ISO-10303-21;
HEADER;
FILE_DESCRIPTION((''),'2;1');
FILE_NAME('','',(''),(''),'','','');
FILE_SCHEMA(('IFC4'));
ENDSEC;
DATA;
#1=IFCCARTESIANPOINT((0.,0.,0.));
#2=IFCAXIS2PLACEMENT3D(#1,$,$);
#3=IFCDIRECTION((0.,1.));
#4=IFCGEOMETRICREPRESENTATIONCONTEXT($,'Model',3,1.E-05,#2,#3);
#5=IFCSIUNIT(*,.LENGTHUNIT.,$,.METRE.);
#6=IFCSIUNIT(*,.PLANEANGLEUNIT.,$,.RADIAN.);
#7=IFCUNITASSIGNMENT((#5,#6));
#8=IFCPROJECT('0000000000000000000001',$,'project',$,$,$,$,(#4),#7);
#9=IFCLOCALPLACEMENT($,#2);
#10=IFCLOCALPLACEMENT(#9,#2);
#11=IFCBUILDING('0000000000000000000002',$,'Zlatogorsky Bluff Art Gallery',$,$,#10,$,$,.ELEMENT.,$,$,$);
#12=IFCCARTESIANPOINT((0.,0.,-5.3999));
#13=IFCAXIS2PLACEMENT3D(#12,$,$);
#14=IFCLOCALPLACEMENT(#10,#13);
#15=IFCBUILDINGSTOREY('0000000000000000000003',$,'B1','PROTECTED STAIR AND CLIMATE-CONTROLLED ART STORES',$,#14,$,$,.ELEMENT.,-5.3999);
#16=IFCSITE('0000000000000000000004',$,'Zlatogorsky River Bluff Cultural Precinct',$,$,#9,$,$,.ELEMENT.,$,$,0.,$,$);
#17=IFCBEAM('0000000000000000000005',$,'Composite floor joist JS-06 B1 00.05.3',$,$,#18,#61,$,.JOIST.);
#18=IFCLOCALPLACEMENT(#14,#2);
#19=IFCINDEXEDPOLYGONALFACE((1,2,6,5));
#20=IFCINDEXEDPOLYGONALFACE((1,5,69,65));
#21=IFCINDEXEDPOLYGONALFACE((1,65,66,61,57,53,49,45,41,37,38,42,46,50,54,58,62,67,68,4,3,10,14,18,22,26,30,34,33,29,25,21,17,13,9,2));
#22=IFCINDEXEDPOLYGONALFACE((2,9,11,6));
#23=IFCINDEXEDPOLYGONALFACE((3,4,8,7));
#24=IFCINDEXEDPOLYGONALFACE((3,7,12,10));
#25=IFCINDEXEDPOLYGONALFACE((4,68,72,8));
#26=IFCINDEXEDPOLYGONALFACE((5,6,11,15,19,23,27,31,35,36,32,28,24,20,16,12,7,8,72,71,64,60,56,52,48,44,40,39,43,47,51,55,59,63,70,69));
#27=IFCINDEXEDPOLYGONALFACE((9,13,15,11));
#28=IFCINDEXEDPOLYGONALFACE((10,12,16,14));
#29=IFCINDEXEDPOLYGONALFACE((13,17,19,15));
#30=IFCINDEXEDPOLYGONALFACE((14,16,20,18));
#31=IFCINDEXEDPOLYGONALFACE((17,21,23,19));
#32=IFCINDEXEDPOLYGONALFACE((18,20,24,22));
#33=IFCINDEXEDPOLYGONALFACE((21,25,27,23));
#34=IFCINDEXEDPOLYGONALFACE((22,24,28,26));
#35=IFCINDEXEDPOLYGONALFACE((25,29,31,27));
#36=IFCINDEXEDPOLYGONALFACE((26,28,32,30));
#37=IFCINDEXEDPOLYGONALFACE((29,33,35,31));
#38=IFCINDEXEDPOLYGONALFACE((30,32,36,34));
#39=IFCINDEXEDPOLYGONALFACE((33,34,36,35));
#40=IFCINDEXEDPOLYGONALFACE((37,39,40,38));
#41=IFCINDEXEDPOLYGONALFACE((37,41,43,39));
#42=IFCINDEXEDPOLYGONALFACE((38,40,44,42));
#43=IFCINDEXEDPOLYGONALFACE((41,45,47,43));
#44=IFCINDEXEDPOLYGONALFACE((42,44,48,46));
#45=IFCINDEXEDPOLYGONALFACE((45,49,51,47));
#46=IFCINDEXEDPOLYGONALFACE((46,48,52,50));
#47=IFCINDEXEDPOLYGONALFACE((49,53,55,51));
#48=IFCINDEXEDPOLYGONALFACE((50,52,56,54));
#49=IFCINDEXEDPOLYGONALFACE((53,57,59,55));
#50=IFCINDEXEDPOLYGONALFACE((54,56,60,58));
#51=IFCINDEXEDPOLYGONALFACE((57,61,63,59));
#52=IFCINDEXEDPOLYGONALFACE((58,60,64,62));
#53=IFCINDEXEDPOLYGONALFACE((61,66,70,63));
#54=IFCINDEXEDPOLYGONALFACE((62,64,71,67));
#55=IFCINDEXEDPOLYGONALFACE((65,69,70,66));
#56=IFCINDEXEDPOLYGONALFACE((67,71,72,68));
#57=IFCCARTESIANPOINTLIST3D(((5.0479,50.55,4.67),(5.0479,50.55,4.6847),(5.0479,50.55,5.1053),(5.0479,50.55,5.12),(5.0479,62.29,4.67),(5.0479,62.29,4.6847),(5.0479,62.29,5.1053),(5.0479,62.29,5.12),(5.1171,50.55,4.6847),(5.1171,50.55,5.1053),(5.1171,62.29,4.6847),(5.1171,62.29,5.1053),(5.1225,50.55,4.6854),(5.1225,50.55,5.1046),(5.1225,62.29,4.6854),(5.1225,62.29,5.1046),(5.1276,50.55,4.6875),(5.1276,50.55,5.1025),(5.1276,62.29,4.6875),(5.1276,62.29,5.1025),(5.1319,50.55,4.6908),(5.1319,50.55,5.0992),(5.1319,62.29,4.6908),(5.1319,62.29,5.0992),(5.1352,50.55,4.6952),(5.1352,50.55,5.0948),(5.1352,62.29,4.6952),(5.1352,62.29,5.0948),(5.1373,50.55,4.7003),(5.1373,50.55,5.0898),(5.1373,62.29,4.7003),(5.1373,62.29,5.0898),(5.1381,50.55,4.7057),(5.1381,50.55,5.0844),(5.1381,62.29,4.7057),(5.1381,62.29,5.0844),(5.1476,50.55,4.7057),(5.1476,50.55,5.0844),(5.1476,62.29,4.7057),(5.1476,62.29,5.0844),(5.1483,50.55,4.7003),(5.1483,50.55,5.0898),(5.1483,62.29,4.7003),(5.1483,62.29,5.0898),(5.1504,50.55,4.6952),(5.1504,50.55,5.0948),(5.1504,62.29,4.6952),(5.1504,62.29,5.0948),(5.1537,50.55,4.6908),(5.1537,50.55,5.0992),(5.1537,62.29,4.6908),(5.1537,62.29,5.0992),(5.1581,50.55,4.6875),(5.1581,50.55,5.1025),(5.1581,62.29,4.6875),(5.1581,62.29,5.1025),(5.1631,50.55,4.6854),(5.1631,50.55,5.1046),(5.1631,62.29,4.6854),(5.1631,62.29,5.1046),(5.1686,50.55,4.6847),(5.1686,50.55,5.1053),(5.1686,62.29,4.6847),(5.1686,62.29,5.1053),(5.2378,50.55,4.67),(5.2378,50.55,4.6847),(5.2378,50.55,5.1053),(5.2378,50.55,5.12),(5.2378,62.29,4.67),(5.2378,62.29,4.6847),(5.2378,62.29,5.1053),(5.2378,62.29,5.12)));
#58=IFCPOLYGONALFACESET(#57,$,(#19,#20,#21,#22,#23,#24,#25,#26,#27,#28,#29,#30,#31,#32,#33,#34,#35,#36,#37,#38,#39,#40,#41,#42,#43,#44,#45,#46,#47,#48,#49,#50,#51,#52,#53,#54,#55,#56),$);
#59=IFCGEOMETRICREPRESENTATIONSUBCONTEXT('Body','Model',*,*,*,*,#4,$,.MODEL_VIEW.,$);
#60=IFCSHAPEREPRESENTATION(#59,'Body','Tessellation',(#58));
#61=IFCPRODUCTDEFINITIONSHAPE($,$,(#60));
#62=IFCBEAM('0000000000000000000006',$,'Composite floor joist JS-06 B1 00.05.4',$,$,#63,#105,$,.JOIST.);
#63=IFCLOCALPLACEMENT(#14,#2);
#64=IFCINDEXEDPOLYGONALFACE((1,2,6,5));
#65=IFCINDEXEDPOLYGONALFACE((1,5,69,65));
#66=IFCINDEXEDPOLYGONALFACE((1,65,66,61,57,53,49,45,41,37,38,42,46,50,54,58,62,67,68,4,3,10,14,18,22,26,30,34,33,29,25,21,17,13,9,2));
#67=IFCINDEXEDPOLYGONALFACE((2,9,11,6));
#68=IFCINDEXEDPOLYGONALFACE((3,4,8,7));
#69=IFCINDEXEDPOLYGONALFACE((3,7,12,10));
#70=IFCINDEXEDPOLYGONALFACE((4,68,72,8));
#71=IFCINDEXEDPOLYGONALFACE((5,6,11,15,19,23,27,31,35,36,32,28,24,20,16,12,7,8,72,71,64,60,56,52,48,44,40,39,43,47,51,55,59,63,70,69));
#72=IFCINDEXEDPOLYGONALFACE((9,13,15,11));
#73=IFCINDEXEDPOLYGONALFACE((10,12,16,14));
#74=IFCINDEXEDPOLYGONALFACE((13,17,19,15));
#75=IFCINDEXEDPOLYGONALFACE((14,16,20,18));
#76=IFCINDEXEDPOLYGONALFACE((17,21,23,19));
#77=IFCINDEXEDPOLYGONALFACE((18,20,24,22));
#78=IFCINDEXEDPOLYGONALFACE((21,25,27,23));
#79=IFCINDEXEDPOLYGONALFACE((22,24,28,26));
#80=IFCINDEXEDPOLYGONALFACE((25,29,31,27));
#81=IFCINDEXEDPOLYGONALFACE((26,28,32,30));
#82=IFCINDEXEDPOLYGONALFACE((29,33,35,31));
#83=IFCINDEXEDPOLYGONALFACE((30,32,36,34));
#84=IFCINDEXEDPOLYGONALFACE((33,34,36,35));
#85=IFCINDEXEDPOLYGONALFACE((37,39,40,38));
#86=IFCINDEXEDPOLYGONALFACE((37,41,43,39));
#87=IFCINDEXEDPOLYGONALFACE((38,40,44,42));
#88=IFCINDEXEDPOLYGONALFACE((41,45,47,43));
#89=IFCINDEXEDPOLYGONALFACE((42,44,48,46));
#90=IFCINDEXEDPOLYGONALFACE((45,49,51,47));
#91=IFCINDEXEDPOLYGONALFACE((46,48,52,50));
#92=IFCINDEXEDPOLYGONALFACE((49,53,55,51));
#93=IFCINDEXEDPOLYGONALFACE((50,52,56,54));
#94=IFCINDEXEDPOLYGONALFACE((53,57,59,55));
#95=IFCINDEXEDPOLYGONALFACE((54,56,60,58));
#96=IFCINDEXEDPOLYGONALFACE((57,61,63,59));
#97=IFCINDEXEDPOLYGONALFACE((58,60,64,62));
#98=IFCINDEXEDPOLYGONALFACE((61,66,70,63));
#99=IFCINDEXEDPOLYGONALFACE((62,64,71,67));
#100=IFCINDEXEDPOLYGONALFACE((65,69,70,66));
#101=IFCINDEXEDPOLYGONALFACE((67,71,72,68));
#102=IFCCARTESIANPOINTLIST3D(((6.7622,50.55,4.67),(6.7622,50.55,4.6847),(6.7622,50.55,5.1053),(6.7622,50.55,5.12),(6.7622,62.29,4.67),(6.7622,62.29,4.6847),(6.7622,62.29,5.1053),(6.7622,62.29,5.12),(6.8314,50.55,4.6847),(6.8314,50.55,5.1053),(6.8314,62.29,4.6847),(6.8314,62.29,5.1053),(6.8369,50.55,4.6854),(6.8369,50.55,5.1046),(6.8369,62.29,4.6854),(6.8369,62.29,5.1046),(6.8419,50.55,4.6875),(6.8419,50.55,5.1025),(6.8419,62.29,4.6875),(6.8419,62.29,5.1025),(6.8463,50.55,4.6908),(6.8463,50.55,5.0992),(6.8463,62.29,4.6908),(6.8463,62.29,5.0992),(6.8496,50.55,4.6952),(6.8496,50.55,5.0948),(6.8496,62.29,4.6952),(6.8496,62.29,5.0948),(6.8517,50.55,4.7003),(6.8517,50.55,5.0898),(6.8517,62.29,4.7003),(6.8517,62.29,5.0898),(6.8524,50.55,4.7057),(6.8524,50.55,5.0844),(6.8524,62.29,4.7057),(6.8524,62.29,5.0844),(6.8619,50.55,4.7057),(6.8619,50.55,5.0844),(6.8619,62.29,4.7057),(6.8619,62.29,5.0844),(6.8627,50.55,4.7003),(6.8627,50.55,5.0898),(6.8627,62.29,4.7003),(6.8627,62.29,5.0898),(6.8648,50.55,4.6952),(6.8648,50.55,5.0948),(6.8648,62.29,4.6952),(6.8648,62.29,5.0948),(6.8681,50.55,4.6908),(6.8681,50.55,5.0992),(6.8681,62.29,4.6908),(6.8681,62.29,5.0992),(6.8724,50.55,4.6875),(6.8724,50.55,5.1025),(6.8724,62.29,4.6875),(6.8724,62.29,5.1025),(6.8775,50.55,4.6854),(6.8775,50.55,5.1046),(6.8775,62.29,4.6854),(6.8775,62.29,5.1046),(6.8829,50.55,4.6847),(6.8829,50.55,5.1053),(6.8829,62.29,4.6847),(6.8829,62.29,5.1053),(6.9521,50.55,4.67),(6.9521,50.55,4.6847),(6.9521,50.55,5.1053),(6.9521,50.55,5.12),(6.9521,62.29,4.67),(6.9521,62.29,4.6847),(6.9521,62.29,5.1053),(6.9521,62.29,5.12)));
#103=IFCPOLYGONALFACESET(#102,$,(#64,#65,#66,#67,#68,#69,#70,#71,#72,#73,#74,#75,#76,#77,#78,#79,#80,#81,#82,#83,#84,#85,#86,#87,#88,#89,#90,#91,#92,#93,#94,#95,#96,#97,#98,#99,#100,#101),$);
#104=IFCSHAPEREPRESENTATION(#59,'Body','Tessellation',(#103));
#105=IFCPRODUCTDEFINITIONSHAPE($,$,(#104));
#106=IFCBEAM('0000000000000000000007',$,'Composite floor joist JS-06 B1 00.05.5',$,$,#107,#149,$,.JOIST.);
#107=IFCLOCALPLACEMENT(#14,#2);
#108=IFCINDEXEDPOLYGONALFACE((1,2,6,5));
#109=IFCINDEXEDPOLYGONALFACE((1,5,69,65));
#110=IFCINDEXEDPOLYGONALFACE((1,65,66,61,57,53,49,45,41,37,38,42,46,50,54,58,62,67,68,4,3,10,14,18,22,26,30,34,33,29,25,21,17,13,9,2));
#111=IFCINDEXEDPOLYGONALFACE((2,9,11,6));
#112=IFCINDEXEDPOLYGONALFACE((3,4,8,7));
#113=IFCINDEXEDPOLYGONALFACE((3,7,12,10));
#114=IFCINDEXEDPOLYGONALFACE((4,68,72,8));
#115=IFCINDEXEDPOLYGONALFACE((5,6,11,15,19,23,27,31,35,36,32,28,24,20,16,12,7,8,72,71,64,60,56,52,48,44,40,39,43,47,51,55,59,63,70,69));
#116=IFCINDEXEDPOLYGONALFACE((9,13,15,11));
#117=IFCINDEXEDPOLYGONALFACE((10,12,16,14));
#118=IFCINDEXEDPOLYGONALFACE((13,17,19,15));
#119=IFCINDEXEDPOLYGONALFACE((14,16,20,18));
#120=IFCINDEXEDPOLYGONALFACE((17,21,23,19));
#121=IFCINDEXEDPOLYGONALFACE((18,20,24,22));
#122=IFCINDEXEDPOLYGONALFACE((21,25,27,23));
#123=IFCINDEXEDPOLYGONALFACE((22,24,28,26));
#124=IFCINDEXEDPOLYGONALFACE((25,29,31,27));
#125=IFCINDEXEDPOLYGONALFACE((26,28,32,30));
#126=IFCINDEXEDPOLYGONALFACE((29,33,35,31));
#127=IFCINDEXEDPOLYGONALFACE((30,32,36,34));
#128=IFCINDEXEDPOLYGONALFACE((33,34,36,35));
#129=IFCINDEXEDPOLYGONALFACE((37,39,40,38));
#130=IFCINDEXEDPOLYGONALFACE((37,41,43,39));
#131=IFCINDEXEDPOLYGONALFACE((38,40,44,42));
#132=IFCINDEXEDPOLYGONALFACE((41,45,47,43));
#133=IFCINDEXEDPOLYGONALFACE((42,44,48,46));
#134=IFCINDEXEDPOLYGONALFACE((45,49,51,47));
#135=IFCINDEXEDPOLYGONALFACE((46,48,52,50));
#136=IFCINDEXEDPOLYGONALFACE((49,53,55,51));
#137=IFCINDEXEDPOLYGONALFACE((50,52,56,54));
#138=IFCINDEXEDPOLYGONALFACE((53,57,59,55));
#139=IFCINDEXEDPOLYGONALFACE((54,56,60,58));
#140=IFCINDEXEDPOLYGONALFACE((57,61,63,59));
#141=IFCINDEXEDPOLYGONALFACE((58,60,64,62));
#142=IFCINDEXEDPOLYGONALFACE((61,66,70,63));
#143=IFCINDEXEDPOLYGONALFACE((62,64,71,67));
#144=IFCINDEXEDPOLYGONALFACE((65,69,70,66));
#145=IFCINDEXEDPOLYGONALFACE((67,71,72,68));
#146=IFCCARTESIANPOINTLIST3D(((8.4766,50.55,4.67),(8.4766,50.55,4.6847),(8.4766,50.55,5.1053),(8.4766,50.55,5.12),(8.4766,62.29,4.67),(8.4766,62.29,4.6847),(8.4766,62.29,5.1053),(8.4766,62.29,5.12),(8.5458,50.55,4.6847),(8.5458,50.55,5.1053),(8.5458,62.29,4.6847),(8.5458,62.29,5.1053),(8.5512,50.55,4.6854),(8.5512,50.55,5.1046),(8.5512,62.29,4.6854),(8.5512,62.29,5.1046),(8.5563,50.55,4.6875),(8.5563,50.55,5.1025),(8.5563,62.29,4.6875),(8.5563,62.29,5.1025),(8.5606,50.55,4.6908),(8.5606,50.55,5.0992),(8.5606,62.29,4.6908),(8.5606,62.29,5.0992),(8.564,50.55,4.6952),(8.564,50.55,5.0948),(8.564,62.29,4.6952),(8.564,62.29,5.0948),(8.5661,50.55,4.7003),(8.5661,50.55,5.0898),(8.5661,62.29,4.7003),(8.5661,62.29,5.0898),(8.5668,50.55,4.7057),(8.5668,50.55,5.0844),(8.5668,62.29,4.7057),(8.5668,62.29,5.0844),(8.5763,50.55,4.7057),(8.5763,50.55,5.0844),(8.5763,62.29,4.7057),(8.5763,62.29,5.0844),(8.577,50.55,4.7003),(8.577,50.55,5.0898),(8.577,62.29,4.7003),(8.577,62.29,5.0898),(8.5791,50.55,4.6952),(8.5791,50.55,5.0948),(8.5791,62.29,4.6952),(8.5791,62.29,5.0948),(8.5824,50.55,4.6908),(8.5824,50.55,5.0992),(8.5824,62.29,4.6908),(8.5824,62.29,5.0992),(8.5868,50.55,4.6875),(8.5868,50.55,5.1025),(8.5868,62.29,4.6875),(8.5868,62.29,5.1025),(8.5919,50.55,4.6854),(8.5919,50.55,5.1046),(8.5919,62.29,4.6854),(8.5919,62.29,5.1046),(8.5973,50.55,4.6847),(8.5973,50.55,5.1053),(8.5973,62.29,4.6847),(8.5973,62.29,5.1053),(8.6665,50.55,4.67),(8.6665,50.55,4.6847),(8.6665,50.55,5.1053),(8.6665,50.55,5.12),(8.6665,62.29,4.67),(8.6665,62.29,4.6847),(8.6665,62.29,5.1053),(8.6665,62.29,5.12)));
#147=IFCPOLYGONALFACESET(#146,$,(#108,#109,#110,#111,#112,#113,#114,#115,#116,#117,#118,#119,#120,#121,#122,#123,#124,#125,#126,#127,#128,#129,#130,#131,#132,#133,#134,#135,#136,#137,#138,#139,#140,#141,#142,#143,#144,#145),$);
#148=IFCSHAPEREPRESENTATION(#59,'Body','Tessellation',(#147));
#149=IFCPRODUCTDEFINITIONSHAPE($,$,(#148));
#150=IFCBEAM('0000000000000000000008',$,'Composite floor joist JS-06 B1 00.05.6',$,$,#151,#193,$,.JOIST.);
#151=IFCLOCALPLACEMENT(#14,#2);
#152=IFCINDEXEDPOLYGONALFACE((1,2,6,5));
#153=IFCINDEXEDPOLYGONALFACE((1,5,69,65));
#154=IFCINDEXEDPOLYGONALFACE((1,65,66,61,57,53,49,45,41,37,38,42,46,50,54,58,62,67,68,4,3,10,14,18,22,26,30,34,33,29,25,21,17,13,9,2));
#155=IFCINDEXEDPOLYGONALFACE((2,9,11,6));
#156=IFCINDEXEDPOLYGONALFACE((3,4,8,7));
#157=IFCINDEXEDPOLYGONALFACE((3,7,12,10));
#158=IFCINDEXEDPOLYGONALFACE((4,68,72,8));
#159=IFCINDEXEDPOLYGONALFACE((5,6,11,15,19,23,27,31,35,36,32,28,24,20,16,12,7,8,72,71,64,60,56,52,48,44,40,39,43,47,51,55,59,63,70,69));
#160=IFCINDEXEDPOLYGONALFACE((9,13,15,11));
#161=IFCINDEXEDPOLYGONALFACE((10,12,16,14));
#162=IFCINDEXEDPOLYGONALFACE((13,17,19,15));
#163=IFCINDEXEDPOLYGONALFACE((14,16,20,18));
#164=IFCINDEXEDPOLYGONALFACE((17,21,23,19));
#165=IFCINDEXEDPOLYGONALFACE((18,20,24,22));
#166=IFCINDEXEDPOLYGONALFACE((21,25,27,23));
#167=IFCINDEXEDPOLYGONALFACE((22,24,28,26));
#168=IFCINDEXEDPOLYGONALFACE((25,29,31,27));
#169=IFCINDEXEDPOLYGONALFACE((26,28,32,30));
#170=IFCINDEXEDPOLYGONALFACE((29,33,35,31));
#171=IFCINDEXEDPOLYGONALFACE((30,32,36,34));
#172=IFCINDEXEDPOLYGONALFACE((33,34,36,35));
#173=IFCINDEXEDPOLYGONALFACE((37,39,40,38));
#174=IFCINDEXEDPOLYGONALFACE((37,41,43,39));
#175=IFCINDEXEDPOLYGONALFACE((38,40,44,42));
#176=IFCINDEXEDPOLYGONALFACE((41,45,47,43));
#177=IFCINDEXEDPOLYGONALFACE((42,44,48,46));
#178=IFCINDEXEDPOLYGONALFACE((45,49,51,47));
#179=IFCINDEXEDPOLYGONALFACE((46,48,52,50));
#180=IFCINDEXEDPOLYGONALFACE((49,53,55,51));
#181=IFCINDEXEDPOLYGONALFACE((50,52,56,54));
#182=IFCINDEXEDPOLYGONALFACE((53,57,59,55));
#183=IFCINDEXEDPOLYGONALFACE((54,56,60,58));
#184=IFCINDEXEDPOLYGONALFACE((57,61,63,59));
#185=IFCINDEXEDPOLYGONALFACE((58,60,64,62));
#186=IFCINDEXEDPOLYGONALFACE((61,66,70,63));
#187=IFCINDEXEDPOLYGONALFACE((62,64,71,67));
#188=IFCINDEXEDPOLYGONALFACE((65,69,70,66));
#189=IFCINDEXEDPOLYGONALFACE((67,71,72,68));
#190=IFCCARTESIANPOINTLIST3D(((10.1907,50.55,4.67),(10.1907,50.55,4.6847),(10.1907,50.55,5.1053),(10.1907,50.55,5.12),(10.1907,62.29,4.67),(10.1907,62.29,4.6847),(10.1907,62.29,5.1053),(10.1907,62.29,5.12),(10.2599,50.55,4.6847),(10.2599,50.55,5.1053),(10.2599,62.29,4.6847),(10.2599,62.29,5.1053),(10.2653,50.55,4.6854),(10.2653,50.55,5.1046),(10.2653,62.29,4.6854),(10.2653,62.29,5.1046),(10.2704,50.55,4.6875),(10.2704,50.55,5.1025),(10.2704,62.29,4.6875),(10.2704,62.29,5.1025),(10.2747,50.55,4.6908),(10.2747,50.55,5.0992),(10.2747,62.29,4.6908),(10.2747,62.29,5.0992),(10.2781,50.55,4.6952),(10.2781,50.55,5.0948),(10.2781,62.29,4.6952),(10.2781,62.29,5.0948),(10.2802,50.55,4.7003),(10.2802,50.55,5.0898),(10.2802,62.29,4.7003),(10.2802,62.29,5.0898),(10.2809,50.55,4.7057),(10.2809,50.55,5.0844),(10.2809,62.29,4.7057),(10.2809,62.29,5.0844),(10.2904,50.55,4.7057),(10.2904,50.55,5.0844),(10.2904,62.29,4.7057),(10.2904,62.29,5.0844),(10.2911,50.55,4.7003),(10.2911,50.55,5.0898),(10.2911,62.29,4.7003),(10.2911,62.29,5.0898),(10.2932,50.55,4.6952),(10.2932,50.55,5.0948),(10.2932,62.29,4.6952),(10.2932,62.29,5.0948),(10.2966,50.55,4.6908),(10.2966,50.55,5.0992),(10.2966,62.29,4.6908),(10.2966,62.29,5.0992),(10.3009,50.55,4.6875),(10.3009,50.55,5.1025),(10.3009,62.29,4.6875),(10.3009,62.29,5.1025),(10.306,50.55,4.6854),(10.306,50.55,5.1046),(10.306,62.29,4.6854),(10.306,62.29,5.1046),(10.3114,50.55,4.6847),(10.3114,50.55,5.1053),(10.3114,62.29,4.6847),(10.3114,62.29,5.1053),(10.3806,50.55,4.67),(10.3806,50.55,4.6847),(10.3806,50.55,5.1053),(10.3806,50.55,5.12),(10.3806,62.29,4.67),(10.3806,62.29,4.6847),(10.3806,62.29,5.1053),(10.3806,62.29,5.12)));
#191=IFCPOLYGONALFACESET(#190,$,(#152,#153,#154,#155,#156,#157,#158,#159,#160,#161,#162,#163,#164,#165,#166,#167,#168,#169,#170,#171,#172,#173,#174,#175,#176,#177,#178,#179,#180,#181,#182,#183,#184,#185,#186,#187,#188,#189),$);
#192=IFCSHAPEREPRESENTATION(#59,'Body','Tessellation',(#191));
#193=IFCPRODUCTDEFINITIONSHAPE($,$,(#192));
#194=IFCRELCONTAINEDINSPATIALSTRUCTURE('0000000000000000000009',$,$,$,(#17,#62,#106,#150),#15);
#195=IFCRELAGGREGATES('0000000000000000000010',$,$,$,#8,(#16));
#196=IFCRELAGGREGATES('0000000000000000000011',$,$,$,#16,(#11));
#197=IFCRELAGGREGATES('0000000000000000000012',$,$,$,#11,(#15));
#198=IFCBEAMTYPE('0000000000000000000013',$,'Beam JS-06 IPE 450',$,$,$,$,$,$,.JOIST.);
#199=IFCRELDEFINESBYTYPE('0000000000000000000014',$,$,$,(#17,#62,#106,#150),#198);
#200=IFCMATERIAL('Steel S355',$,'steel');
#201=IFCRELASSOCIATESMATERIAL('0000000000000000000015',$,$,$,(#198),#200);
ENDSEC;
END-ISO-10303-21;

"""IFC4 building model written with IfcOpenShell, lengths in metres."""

from ifc_helpers import new_model, si_unit, direction, frame, origin, origin_2d, place, context, subcontext, project, spatial, i_section, extrude, material, material_profile, profile_set, type_object, element, save


model = new_model("IFC4")

# Units and contexts
model_context = context("Model", 3, precision=1e-05, world=origin(), true_north=direction((0.0, 1.0)))
body_context = subcontext(model_context, "Body", "Model", "MODEL_VIEW")
ifc_project = project(units=[si_unit("LENGTHUNIT", "METRE"), si_unit("PLANEANGLEUNIT", "RADIAN")], contexts=[model_context])

# Site, building, storey
site_placement = place(None, origin())
site = spatial("IfcSite", under=ifc_project, at=site_placement, Name="Zlatogorsky River Bluff Cultural Precinct", CompositionType="ELEMENT", RefElevation=0.0)
building_placement = place(site_placement, origin())
building = spatial("IfcBuilding", under=site, at=building_placement, Name="Zlatogorsky Bluff Art Gallery", CompositionType="ELEMENT")
storey_placement = place(building_placement, frame((0.0, 0.0, -5.3999)))
storey = spatial("IfcBuildingStorey", under=building, at=storey_placement, Name="B1", Description="PROTECTED STAIR AND CLIMATE-CONTROLLED ART STORES", CompositionType="ELEMENT", Elevation=-5.3999)

# Shared definitions
ifc_material_1 = material(Name="Steel S355", Category="steel")

# Beams
ifc_material_profile_1 = material_profile(ifc_material_1, i_section(OverallWidth=0.1899, OverallDepth=0.45, WebThickness=0.0095, FlangeThickness=0.0146, FilletRadius=0.021, at=origin_2d()), Name="IPE 450")
ifc_profile_set_1 = profile_set([ifc_material_profile_1], Name="Steel S355")
beam_type_1 = type_object("IfcBeamType", Name="Beam JS-06 IPE 450", PredefinedType="JOIST", material=ifc_profile_set_1)
for number, where, z_axis, x_axis, name in (
    (1, (5.1428, 50.55, 4.895), (0.0, 1.0, 0.0), (-1.0, 0.0, 0.0), "Composite floor joist JS-06 B1 00.05.3"),
    (2, (6.8572, 50.55, 4.895), (0.0, 1.0, 0.0), (-1.0, 0.0, 0.0), "Composite floor joist JS-06 B1 00.05.4"),
    (3, (8.5715, 50.55, 4.895), (0.0, 1.0, 0.0), (-1.0, 0.0, 0.0), "Composite floor joist JS-06 B1 00.05.5"),
    (4, (10.2856, 50.55, 4.895), (0.0, 1.0, 0.0), (-1.0, 0.0, 0.0), "Composite floor joist JS-06 B1 00.05.6"),
):
    element("IfcBeam", number, at=place(storey_placement, frame(where, z_axis=z_axis, x_axis=x_axis)), inside=storey, type_object=beam_type_1, Name=name, PredefinedType="JOIST", context=body_context, shape_type="SweptSolid", body=[
        extrude(i_section(OverallWidth=0.1899, OverallDepth=0.45, WebThickness=0.0095, FlangeThickness=0.0146, FilletRadius=0.021, at=origin_2d()), origin(), (0.0, 0.0, 1.0), 11.74),
    ])

save(model, "model.ifc")
